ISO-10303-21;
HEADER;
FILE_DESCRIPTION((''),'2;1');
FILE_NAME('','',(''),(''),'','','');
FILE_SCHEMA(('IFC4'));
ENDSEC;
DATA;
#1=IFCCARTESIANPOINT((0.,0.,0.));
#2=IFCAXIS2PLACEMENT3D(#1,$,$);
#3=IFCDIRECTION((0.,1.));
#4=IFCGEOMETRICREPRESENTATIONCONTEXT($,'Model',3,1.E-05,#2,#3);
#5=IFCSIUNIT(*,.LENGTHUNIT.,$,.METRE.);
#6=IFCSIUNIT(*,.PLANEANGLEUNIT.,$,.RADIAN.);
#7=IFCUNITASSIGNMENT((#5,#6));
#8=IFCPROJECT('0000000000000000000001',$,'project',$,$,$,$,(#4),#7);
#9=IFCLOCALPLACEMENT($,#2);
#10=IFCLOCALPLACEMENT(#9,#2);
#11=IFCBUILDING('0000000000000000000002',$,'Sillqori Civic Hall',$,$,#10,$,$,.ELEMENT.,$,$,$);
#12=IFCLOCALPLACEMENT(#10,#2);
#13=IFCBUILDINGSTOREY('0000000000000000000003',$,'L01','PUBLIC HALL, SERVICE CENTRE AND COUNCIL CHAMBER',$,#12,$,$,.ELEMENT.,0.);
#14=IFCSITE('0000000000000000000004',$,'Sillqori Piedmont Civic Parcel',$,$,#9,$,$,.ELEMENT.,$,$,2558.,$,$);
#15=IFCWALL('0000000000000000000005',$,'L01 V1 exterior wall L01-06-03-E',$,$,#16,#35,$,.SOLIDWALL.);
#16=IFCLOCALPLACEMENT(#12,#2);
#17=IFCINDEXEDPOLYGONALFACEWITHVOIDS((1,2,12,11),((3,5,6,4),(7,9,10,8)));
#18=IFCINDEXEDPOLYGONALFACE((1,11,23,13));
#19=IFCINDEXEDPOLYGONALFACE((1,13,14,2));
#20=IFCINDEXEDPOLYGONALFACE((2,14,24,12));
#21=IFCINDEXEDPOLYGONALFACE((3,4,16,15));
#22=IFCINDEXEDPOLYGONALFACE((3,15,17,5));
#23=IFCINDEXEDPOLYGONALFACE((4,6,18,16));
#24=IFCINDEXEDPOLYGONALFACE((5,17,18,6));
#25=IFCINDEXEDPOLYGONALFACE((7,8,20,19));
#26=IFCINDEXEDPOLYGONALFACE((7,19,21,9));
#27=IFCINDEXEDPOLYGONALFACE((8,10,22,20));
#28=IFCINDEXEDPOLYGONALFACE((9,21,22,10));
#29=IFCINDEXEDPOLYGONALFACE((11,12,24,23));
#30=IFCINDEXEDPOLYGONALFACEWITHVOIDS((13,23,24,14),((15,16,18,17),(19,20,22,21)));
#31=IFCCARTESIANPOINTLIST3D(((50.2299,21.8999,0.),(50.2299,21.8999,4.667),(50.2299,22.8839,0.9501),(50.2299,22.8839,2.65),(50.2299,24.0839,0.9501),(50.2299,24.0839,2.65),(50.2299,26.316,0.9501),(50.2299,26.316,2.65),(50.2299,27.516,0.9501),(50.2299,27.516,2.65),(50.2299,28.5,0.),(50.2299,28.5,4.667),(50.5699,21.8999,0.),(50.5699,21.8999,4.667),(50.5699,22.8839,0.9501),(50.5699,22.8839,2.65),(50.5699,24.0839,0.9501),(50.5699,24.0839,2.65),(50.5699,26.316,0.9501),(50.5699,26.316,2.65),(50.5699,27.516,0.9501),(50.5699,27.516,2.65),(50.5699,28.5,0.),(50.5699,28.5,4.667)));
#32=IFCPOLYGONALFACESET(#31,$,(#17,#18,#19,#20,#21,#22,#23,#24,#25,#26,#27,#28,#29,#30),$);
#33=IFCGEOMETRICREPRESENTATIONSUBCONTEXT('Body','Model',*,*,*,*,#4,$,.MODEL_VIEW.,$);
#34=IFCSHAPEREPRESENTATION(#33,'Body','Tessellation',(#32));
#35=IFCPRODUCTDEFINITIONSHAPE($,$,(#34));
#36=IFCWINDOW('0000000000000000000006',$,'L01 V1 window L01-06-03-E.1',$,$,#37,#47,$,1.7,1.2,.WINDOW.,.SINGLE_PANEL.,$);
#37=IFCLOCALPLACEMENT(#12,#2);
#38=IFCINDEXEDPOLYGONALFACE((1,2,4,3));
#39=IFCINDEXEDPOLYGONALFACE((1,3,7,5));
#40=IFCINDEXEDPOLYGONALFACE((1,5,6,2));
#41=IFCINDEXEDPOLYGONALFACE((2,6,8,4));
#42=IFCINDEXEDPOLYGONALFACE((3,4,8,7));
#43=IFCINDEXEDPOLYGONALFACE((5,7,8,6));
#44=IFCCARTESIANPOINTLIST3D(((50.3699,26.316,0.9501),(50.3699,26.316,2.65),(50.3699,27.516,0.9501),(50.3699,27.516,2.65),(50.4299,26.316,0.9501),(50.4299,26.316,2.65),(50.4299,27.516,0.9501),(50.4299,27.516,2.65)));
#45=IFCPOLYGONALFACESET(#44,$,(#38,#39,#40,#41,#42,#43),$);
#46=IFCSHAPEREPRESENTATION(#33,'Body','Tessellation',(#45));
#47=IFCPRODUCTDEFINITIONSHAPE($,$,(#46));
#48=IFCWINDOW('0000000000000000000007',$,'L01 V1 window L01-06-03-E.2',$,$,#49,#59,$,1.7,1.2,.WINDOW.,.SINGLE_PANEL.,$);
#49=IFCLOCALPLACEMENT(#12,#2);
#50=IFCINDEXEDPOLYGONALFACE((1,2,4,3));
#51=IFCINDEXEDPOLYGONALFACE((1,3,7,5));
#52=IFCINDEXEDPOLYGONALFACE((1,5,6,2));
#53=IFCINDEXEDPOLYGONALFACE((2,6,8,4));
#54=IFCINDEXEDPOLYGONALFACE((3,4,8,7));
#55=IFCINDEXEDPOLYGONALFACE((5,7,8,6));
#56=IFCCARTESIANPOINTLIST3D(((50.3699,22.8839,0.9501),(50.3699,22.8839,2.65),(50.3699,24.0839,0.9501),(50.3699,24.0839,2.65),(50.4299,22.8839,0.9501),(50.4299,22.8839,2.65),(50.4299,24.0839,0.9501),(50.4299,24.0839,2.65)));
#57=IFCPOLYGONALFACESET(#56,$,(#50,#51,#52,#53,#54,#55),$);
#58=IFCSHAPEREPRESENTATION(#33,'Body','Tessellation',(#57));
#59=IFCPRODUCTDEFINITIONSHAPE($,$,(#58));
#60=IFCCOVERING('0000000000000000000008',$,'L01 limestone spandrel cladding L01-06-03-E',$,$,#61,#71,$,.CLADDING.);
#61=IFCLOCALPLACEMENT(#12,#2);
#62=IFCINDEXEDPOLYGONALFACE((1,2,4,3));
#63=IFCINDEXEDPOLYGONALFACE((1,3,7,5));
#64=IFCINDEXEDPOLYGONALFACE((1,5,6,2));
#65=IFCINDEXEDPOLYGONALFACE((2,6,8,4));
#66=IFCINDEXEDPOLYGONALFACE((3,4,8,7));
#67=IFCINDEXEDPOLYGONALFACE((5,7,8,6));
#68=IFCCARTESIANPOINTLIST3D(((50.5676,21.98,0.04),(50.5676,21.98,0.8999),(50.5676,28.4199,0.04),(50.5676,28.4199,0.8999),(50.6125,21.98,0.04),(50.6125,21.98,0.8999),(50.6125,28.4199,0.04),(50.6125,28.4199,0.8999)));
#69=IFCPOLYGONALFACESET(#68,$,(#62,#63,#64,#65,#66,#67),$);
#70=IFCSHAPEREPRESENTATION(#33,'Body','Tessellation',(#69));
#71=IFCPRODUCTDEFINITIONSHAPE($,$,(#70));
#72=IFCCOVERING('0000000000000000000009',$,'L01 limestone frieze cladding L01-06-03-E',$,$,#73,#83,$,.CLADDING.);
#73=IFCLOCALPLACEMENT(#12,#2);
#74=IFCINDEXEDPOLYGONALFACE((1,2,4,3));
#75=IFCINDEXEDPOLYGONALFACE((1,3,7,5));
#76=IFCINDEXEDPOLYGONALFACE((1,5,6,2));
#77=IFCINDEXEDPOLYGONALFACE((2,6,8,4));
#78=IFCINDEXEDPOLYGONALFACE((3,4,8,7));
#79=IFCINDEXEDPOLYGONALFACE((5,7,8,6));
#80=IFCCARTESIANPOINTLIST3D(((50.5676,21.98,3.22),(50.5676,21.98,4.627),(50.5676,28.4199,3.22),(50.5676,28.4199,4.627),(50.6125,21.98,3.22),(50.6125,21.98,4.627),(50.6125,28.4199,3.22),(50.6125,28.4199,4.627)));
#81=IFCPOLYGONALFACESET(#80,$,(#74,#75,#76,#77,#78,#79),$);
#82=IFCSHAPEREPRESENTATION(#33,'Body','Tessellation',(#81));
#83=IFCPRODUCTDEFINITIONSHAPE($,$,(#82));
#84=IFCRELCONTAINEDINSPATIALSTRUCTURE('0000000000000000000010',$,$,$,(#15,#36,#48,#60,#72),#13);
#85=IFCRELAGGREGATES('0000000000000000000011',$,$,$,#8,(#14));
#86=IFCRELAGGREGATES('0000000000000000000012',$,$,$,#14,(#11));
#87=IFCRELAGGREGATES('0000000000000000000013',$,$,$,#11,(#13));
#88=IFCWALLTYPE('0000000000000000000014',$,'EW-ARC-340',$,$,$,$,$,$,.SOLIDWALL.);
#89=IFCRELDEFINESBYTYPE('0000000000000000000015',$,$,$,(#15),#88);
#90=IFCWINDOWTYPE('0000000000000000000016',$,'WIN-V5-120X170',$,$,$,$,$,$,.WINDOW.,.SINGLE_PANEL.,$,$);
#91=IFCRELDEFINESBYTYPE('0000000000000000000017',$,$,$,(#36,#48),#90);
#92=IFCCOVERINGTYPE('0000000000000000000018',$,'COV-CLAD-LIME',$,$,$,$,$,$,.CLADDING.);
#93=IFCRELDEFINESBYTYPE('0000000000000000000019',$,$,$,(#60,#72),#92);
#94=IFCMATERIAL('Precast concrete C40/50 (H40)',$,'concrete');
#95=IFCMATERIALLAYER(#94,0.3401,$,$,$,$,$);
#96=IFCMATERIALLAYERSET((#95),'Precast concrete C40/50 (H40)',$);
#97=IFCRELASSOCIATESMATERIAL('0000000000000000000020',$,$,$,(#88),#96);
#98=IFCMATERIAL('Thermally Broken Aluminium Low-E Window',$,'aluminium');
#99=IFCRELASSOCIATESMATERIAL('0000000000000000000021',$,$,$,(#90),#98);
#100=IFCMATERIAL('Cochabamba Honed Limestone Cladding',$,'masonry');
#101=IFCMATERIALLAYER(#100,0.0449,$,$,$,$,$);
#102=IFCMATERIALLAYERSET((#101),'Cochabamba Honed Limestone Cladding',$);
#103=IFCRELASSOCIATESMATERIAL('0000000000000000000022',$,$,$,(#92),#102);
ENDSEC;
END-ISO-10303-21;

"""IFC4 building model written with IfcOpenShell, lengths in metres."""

from ifc_helpers import new_model, si_unit, direction, frame, frame_2d, origin, place, context, subcontext, project, spatial, rectangle, extrude, material, layer, layer_set, type_object, element, fill, save


model = new_model("IFC4")

# Units and contexts
model_context = context("Model", 3, precision=1e-05, world=origin(), true_north=direction((0.0, 1.0)))
body_context = subcontext(model_context, "Body", "Model", "MODEL_VIEW")
ifc_project = project(units=[si_unit("LENGTHUNIT", "METRE"), si_unit("PLANEANGLEUNIT", "RADIAN")], contexts=[model_context])

# Site, building, storey
site_placement = place(None, origin())
site = spatial("IfcSite", under=ifc_project, at=site_placement, Name="Sillqori Piedmont Civic Parcel", CompositionType="ELEMENT", RefElevation=2558.0)
building_placement = place(site_placement, origin())
building = spatial("IfcBuilding", under=site, at=building_placement, Name="Sillqori Civic Hall", CompositionType="ELEMENT")
storey_placement = place(building_placement, origin())
storey = spatial("IfcBuildingStorey", under=building, at=storey_placement, Name="L01", Description="PUBLIC HALL, SERVICE CENTRE AND COUNCIL CHAMBER", CompositionType="ELEMENT", Elevation=0.0)

# Wall, openings, windows
ifc_material_1 = material(Name="Precast concrete C40/50 (H40)", Category="concrete")
ifc_layer_1 = layer(ifc_material_1, 0.3401)
ifc_layer_set_1 = layer_set([ifc_layer_1], Name="Precast concrete C40/50 (H40)")
wall_type = type_object("IfcWallType", Name="EW-ARC-340", PredefinedType="SOLIDWALL", material=ifc_layer_set_1)
wall_placement = place(storey_placement, frame((50.3999, 28.5, 0.0), z_axis=(0.0, 0.0, 1.0), x_axis=(0.0, -1.0, 0.0)))
wall = element("IfcWall", 1, at=wall_placement, inside=storey, type_object=wall_type, Name="L01 V1 exterior wall L01-06-03-E", PredefinedType="SOLIDWALL", context=body_context, shape_type="SweptSolid", body=[
    extrude(rectangle(XDim=6.6001, YDim=0.3401, at=frame_2d((3.3, 0.0))), origin(), (0.0, 0.0, 1.0), 4.667),
])
opening_1_placement = place(wall_placement, frame((0.9839, 0.0, 0.95)))
opening_1 = element("IfcOpeningElement", 2, at=opening_1_placement, cuts=wall, PredefinedType="OPENING", context=body_context, shape_type="SweptSolid", body=[
    extrude(rectangle(XDim=1.2, YDim=1.7, at=frame_2d((0.6001, 0.8501))), frame((0.0, 0.1799, 0.0), z_axis=(0.0, -1.0, 0.0), x_axis=(1.0, 0.0, 0.0)), (0.0, 0.0, 1.0), 0.3601),
])
opening_2_placement = place(wall_placement, frame((4.416, 0.0, 0.95)))
opening_2 = element("IfcOpeningElement", 3, at=opening_2_placement, cuts=wall, PredefinedType="OPENING", context=body_context, shape_type="SweptSolid", body=[
    extrude(rectangle(XDim=1.2, YDim=1.7, at=frame_2d((0.6001, 0.8501))), frame((0.0, 0.1799, 0.0), z_axis=(0.0, -1.0, 0.0), x_axis=(1.0, 0.0, 0.0)), (0.0, 0.0, 1.0), 0.3601),
])
ifc_material_2 = material(Name="Thermally Broken Aluminium Low-E Window", Category="aluminium")
window_type = type_object("IfcWindowType", Name="WIN-V5-120X170", PartitioningType="SINGLE_PANEL", PredefinedType="WINDOW", material=ifc_material_2)
window_1_placement = place(opening_1_placement, origin())
window_1 = element("IfcWindow", 4, at=window_1_placement, inside=storey, type_object=window_type, Name="L01 V1 window L01-06-03-E.1", OverallHeight=1.7, OverallWidth=1.2, PartitioningType="SINGLE_PANEL", PredefinedType="WINDOW", context=body_context, shape_type="SweptSolid", body=[
    extrude(rectangle(XDim=1.2, YDim=1.7, at=frame_2d((0.6001, 0.8501))), frame((0.0, 0.03, 0.0), z_axis=(0.0, -1.0, 0.0), x_axis=(1.0, 0.0, 0.0)), (0.0, 0.0, 1.0), 0.0601),
])
fill(opening_1, window_1)
window_2_placement = place(opening_2_placement, origin())
window_2 = element("IfcWindow", 5, at=window_2_placement, inside=storey, type_object=window_type, Name="L01 V1 window L01-06-03-E.2", OverallHeight=1.7, OverallWidth=1.2, PartitioningType="SINGLE_PANEL", PredefinedType="WINDOW", context=body_context, shape_type="SweptSolid", body=[
    extrude(rectangle(XDim=1.2, YDim=1.7, at=frame_2d((0.6001, 0.8501))), frame((0.0, 0.03, 0.0), z_axis=(0.0, -1.0, 0.0), x_axis=(1.0, 0.0, 0.0)), (0.0, 0.0, 1.0), 0.0601),
])
fill(opening_2, window_2)

# Coverings
ifc_material_3 = material(Name="Cochabamba Honed Limestone Cladding", Category="masonry")
ifc_layer_2 = layer(ifc_material_3, 0.0449)
ifc_layer_set_2 = layer_set([ifc_layer_2], Name="Cochabamba Honed Limestone Cladding")
covering_type = type_object("IfcCoveringType", Name="COV-CLAD-LIME", PredefinedType="CLADDING", material=ifc_layer_set_2)
covering_1_placement = place(storey_placement, frame((50.5901, 28.4199, 0.04), z_axis=(0.0, 0.0, 1.0), x_axis=(0.0, -1.0, 0.0)))
element("IfcCovering", 6, at=covering_1_placement, inside=storey, type_object=covering_type, Name="L01 limestone spandrel cladding L01-06-03-E", PredefinedType="CLADDING", context=body_context, shape_type="SweptSolid", body=[
    extrude(rectangle(XDim=6.4399, YDim=0.0449, at=frame_2d((3.22, 0.0))), origin(), (0.0, 0.0, 1.0), 0.8599),
])
covering_2_placement = place(storey_placement, frame((50.5901, 28.4199, 3.22), z_axis=(0.0, 0.0, 1.0), x_axis=(0.0, -1.0, 0.0)))
element("IfcCovering", 7, at=covering_2_placement, inside=storey, type_object=covering_type, Name="L01 limestone frieze cladding L01-06-03-E", PredefinedType="CLADDING", context=body_context, shape_type="SweptSolid", body=[
    extrude(rectangle(XDim=6.4399, YDim=0.0449, at=frame_2d((3.22, 0.0))), origin(), (0.0, 0.0, 1.0), 1.407),
])

save(model, "model.ifc")
